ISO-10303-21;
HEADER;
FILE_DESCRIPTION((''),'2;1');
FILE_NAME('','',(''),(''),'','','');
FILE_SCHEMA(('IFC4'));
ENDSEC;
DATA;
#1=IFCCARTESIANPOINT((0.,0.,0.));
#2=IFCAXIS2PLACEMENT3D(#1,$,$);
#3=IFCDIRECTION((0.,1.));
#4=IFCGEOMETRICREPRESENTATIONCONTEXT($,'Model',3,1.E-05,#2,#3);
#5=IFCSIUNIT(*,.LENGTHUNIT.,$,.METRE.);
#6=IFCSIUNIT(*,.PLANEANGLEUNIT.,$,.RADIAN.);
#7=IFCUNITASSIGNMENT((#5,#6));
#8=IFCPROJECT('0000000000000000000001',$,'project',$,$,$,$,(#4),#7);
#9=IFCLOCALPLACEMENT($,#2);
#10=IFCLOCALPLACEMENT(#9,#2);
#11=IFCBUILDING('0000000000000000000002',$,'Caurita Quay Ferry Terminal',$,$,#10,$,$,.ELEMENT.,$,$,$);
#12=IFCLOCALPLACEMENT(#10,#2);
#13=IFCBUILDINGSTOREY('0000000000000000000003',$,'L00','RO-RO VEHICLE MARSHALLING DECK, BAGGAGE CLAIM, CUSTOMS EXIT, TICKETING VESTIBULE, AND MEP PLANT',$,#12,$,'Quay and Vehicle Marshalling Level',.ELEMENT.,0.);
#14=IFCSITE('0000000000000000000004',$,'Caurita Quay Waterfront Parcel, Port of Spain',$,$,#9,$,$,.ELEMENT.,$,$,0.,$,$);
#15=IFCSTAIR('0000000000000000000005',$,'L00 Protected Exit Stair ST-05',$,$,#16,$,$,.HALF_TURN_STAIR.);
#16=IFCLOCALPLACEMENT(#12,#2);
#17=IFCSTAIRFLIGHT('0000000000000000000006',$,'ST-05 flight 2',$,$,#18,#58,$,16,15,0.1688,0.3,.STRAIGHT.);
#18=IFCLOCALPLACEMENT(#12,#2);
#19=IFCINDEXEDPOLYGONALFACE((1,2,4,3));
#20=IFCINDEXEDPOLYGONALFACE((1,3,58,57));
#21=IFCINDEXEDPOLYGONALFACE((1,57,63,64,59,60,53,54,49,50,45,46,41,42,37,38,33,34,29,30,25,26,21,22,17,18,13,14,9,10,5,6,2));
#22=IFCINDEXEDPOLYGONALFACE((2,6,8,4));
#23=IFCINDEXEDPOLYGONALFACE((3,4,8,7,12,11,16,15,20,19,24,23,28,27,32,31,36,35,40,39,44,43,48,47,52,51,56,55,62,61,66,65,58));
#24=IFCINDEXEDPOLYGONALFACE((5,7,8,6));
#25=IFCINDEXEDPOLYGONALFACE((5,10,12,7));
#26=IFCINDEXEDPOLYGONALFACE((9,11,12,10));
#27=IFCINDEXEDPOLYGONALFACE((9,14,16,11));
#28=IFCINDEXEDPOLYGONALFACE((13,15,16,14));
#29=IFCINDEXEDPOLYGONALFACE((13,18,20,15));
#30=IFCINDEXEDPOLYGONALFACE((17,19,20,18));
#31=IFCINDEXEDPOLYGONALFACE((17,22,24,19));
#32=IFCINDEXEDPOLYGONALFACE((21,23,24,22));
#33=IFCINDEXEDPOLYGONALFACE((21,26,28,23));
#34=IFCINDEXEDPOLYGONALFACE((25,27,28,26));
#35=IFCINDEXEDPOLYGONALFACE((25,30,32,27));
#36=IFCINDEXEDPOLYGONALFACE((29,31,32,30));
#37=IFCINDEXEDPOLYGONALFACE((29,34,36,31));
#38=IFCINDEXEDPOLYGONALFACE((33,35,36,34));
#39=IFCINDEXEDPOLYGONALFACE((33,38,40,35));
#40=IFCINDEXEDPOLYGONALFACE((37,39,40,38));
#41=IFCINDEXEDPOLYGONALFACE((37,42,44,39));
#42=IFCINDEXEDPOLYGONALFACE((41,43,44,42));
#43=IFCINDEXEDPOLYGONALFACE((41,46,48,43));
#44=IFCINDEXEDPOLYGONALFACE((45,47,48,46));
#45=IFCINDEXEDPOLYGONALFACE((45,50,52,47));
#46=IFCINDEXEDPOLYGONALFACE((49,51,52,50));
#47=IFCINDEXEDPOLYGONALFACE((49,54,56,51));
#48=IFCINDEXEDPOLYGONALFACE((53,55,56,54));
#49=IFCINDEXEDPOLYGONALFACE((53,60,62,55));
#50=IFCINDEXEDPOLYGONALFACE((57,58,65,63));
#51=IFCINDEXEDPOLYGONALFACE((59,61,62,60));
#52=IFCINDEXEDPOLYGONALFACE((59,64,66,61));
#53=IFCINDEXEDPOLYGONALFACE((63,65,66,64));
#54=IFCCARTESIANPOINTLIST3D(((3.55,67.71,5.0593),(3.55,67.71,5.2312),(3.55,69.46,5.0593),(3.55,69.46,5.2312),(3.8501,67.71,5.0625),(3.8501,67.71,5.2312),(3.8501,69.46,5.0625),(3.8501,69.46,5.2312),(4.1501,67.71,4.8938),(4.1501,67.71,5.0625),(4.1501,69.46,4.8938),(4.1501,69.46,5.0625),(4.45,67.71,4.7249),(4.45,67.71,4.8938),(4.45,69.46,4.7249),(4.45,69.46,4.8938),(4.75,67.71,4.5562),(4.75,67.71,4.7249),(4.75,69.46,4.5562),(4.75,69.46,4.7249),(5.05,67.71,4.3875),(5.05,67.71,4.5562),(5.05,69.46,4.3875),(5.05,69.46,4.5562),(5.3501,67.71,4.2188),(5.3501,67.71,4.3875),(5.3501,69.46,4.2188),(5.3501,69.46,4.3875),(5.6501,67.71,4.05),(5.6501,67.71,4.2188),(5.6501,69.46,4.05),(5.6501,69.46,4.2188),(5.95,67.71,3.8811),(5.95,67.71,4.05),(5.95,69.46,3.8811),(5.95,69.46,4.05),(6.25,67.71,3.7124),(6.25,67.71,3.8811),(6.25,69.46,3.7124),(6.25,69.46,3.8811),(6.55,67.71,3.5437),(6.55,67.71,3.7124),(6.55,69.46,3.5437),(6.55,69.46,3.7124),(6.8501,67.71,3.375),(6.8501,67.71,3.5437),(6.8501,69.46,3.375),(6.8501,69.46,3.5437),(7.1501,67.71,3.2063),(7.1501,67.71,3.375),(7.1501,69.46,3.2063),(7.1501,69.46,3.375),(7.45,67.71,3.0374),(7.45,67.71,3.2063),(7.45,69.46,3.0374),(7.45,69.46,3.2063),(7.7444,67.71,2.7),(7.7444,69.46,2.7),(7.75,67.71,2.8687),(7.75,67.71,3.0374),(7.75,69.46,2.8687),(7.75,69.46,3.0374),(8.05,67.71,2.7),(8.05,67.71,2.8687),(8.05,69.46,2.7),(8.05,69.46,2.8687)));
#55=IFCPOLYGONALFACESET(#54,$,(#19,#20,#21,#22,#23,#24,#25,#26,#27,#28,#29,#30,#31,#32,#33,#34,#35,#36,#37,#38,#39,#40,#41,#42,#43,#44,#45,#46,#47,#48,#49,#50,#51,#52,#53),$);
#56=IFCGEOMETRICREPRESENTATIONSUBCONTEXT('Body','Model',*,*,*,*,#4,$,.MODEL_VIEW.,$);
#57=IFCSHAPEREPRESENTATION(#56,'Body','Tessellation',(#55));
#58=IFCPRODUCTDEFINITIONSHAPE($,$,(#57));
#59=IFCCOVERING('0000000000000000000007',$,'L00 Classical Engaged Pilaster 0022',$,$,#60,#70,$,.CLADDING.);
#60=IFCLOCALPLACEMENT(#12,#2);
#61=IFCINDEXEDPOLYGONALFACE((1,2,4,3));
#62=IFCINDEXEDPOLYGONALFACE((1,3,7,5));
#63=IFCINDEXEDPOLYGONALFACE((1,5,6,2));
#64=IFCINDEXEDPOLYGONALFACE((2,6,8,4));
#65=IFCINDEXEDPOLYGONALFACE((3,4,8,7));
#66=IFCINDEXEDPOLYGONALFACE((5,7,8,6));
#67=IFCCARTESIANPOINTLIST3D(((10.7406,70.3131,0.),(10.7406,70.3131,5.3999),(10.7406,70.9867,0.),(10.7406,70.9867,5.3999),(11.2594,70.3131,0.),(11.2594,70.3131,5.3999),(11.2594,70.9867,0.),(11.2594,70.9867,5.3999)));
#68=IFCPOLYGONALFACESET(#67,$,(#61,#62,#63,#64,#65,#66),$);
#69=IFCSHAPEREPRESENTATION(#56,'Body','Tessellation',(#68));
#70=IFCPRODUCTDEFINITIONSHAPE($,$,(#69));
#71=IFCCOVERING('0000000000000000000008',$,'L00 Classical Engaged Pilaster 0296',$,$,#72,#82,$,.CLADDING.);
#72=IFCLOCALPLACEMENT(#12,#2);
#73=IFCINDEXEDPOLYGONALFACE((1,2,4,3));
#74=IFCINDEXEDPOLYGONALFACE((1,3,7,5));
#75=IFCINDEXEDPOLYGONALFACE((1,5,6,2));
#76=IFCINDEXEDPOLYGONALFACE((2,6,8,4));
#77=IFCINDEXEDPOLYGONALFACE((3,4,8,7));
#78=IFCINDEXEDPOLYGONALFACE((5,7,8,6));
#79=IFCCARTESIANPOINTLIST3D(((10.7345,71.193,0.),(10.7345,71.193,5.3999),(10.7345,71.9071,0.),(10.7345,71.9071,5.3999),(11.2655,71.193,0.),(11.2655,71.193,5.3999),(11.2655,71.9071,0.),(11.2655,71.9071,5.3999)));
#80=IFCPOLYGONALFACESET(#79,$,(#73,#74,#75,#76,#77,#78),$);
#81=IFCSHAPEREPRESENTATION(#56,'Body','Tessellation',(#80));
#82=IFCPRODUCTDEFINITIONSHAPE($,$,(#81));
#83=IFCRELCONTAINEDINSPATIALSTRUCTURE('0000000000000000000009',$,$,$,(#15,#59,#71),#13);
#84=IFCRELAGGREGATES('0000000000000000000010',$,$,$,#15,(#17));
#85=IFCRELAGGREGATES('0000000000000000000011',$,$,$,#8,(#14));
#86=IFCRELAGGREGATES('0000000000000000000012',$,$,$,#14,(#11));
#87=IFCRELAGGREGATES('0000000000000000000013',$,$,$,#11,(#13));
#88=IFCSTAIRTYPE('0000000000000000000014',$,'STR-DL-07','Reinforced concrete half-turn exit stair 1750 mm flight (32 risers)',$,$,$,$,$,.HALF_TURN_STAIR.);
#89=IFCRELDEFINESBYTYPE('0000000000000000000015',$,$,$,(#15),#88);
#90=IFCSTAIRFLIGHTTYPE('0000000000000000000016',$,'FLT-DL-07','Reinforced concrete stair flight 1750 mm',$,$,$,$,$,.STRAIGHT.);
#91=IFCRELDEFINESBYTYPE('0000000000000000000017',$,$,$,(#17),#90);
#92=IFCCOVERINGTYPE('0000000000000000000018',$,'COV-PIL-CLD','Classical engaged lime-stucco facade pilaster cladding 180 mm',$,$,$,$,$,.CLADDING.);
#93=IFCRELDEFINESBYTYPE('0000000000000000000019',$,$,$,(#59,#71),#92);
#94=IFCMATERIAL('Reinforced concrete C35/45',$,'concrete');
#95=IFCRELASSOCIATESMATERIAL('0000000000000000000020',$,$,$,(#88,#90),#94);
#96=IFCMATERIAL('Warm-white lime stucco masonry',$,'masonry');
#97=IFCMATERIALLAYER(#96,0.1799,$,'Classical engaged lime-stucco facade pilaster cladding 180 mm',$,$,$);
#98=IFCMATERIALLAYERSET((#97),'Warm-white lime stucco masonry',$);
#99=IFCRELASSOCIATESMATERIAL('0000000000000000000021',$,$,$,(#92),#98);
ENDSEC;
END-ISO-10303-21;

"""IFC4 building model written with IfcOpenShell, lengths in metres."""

from ifc_helpers import new_model, si_unit, direction, frame, origin, origin_2d, place, context, subcontext, project, spatial, polyline, rectangle, outline, extrude, material, layer, layer_set, type_object, element, aggregate, save


model = new_model("IFC4")

# Units and contexts
model_context = context("Model", 3, precision=1e-05, world=origin(), true_north=direction((0.0, 1.0)))
body_context = subcontext(model_context, "Body", "Model", "MODEL_VIEW")
ifc_project = project(units=[si_unit("LENGTHUNIT", "METRE"), si_unit("PLANEANGLEUNIT", "RADIAN")], contexts=[model_context])

# Site, building, storey
site_placement = place(None, origin())
site = spatial("IfcSite", under=ifc_project, at=site_placement, Name="Caurita Quay Waterfront Parcel, Port of Spain", CompositionType="ELEMENT", RefElevation=0.0)
building_placement = place(site_placement, origin())
building = spatial("IfcBuilding", under=site, at=building_placement, Name="Caurita Quay Ferry Terminal", CompositionType="ELEMENT")
storey_placement = place(building_placement, origin())
storey = spatial("IfcBuildingStorey", under=building, at=storey_placement, Name="L00", Description="RO-RO VEHICLE MARSHALLING DECK, BAGGAGE CLAIM, CUSTOMS EXIT, TICKETING VESTIBULE, AND MEP PLANT", LongName="Quay and Vehicle Marshalling Level", CompositionType="ELEMENT", Elevation=0.0)

# Shared definitions
ifc_material_1 = material(Name="Reinforced concrete C35/45", Category="concrete")

# Shared definitions
ifc_material_2 = material(Name="Warm-white lime stucco masonry", Category="masonry")

# Stair, stair flight
stair_type = type_object("IfcStairType", Name="STR-DL-07", Description="Reinforced concrete half-turn exit stair 1750 mm flight (32 risers)", PredefinedType="HALF_TURN_STAIR", material=ifc_material_1)
stair_placement = place(storey_placement, origin())
stair = element("IfcStair", 1, at=stair_placement, inside=storey, type_object=stair_type, Name="L00 Protected Exit Stair ST-05", PredefinedType="HALF_TURN_STAIR")
stair_flight_type = type_object("IfcStairFlightType", Name="FLT-DL-07", Description="Reinforced concrete stair flight 1750 mm", PredefinedType="STRAIGHT", material=ifc_material_1)
stair_flight_placement = place(storey_placement, frame((8.05, 68.585, 2.7), z_axis=(0.0, 0.0, 1.0), x_axis=(-1.0, 0.0, 0.0)))
stair_flight = element("IfcStairFlight", 2, at=stair_flight_placement, type_object=stair_flight_type, Name="ST-05 flight 2", NumberOfRisers=16, NumberOfTreads=15, PredefinedType="STRAIGHT", RiserHeight=0.1688, TreadLength=0.3, context=body_context, shape_type="SweptSolid", body=[
    extrude(outline(polyline([(0.0, 0.0), (0.0, 0.1687), (0.3, 0.1687), (0.3, 0.3374), (0.6001, 0.3374), (0.6001, 0.5063), (0.8999, 0.5063), (0.8999, 0.675), (1.2, 0.675), (1.2, 0.8438), (1.5, 0.8438), (1.5, 1.0125), (1.8, 1.0125), (1.8, 1.1812), (2.1001, 1.1812), (2.1001, 1.3501), (2.3999, 1.3501), (2.3999, 1.5188), (2.7, 1.5188), (2.7, 1.6875), (3.0, 1.6875), (3.0, 1.8562), (3.3, 1.8562), (3.3, 2.0249), (3.6001, 2.0249), (3.6001, 2.1938), (3.8999, 2.1938), (3.8999, 2.3625), (4.2, 2.3625), (4.2, 2.5312), (4.5, 2.5312), (4.5, 2.7), (4.5, 2.3594), (0.3057, 0.0), (0.0, 0.0)])), frame((0.0, 0.875, 0.0), z_axis=(0.0, -1.0, 0.0), x_axis=(1.0, 0.0, 0.0)), (0.0, 0.0, 1.0), 1.75),
])
aggregate(stair, [stair_flight])

# Coverings
ifc_layer_1 = layer(ifc_material_2, 0.1799, Name="Classical engaged lime-stucco facade pilaster cladding 180 mm")
ifc_layer_set_1 = layer_set([ifc_layer_1], Name="Warm-white lime stucco masonry")
covering_type = type_object("IfcCoveringType", Name="COV-PIL-CLD", Description="Classical engaged lime-stucco facade pilaster cladding 180 mm", PredefinedType="CLADDING", material=ifc_layer_set_1)
covering_1_placement = place(storey_placement, frame((11.0, 70.6499, 0.0), z_axis=(0.0, 0.0, 1.0), x_axis=(1.0, 0.0, 0.0)))
element("IfcCovering", 3, at=covering_1_placement, inside=storey, type_object=covering_type, Name="L00 Classical Engaged Pilaster 0022", PredefinedType="CLADDING", context=body_context, shape_type="SweptSolid", body=[
    extrude(rectangle(XDim=0.5188, YDim=0.6736, at=origin_2d()), origin(), (0.0, 0.0, 1.0), 5.3999),
])
covering_2_placement = place(storey_placement, frame((11.0, 71.55, 0.0), z_axis=(0.0, 0.0, 1.0), x_axis=(1.0, 0.0, 0.0)))
element("IfcCovering", 4, at=covering_2_placement, inside=storey, type_object=covering_type, Name="L00 Classical Engaged Pilaster 0296", PredefinedType="CLADDING", context=body_context, shape_type="SweptSolid", body=[
    extrude(rectangle(XDim=0.531, YDim=0.7141, at=origin_2d()), origin(), (0.0, 0.0, 1.0), 5.3999),
])

save(model, "model.ifc")
